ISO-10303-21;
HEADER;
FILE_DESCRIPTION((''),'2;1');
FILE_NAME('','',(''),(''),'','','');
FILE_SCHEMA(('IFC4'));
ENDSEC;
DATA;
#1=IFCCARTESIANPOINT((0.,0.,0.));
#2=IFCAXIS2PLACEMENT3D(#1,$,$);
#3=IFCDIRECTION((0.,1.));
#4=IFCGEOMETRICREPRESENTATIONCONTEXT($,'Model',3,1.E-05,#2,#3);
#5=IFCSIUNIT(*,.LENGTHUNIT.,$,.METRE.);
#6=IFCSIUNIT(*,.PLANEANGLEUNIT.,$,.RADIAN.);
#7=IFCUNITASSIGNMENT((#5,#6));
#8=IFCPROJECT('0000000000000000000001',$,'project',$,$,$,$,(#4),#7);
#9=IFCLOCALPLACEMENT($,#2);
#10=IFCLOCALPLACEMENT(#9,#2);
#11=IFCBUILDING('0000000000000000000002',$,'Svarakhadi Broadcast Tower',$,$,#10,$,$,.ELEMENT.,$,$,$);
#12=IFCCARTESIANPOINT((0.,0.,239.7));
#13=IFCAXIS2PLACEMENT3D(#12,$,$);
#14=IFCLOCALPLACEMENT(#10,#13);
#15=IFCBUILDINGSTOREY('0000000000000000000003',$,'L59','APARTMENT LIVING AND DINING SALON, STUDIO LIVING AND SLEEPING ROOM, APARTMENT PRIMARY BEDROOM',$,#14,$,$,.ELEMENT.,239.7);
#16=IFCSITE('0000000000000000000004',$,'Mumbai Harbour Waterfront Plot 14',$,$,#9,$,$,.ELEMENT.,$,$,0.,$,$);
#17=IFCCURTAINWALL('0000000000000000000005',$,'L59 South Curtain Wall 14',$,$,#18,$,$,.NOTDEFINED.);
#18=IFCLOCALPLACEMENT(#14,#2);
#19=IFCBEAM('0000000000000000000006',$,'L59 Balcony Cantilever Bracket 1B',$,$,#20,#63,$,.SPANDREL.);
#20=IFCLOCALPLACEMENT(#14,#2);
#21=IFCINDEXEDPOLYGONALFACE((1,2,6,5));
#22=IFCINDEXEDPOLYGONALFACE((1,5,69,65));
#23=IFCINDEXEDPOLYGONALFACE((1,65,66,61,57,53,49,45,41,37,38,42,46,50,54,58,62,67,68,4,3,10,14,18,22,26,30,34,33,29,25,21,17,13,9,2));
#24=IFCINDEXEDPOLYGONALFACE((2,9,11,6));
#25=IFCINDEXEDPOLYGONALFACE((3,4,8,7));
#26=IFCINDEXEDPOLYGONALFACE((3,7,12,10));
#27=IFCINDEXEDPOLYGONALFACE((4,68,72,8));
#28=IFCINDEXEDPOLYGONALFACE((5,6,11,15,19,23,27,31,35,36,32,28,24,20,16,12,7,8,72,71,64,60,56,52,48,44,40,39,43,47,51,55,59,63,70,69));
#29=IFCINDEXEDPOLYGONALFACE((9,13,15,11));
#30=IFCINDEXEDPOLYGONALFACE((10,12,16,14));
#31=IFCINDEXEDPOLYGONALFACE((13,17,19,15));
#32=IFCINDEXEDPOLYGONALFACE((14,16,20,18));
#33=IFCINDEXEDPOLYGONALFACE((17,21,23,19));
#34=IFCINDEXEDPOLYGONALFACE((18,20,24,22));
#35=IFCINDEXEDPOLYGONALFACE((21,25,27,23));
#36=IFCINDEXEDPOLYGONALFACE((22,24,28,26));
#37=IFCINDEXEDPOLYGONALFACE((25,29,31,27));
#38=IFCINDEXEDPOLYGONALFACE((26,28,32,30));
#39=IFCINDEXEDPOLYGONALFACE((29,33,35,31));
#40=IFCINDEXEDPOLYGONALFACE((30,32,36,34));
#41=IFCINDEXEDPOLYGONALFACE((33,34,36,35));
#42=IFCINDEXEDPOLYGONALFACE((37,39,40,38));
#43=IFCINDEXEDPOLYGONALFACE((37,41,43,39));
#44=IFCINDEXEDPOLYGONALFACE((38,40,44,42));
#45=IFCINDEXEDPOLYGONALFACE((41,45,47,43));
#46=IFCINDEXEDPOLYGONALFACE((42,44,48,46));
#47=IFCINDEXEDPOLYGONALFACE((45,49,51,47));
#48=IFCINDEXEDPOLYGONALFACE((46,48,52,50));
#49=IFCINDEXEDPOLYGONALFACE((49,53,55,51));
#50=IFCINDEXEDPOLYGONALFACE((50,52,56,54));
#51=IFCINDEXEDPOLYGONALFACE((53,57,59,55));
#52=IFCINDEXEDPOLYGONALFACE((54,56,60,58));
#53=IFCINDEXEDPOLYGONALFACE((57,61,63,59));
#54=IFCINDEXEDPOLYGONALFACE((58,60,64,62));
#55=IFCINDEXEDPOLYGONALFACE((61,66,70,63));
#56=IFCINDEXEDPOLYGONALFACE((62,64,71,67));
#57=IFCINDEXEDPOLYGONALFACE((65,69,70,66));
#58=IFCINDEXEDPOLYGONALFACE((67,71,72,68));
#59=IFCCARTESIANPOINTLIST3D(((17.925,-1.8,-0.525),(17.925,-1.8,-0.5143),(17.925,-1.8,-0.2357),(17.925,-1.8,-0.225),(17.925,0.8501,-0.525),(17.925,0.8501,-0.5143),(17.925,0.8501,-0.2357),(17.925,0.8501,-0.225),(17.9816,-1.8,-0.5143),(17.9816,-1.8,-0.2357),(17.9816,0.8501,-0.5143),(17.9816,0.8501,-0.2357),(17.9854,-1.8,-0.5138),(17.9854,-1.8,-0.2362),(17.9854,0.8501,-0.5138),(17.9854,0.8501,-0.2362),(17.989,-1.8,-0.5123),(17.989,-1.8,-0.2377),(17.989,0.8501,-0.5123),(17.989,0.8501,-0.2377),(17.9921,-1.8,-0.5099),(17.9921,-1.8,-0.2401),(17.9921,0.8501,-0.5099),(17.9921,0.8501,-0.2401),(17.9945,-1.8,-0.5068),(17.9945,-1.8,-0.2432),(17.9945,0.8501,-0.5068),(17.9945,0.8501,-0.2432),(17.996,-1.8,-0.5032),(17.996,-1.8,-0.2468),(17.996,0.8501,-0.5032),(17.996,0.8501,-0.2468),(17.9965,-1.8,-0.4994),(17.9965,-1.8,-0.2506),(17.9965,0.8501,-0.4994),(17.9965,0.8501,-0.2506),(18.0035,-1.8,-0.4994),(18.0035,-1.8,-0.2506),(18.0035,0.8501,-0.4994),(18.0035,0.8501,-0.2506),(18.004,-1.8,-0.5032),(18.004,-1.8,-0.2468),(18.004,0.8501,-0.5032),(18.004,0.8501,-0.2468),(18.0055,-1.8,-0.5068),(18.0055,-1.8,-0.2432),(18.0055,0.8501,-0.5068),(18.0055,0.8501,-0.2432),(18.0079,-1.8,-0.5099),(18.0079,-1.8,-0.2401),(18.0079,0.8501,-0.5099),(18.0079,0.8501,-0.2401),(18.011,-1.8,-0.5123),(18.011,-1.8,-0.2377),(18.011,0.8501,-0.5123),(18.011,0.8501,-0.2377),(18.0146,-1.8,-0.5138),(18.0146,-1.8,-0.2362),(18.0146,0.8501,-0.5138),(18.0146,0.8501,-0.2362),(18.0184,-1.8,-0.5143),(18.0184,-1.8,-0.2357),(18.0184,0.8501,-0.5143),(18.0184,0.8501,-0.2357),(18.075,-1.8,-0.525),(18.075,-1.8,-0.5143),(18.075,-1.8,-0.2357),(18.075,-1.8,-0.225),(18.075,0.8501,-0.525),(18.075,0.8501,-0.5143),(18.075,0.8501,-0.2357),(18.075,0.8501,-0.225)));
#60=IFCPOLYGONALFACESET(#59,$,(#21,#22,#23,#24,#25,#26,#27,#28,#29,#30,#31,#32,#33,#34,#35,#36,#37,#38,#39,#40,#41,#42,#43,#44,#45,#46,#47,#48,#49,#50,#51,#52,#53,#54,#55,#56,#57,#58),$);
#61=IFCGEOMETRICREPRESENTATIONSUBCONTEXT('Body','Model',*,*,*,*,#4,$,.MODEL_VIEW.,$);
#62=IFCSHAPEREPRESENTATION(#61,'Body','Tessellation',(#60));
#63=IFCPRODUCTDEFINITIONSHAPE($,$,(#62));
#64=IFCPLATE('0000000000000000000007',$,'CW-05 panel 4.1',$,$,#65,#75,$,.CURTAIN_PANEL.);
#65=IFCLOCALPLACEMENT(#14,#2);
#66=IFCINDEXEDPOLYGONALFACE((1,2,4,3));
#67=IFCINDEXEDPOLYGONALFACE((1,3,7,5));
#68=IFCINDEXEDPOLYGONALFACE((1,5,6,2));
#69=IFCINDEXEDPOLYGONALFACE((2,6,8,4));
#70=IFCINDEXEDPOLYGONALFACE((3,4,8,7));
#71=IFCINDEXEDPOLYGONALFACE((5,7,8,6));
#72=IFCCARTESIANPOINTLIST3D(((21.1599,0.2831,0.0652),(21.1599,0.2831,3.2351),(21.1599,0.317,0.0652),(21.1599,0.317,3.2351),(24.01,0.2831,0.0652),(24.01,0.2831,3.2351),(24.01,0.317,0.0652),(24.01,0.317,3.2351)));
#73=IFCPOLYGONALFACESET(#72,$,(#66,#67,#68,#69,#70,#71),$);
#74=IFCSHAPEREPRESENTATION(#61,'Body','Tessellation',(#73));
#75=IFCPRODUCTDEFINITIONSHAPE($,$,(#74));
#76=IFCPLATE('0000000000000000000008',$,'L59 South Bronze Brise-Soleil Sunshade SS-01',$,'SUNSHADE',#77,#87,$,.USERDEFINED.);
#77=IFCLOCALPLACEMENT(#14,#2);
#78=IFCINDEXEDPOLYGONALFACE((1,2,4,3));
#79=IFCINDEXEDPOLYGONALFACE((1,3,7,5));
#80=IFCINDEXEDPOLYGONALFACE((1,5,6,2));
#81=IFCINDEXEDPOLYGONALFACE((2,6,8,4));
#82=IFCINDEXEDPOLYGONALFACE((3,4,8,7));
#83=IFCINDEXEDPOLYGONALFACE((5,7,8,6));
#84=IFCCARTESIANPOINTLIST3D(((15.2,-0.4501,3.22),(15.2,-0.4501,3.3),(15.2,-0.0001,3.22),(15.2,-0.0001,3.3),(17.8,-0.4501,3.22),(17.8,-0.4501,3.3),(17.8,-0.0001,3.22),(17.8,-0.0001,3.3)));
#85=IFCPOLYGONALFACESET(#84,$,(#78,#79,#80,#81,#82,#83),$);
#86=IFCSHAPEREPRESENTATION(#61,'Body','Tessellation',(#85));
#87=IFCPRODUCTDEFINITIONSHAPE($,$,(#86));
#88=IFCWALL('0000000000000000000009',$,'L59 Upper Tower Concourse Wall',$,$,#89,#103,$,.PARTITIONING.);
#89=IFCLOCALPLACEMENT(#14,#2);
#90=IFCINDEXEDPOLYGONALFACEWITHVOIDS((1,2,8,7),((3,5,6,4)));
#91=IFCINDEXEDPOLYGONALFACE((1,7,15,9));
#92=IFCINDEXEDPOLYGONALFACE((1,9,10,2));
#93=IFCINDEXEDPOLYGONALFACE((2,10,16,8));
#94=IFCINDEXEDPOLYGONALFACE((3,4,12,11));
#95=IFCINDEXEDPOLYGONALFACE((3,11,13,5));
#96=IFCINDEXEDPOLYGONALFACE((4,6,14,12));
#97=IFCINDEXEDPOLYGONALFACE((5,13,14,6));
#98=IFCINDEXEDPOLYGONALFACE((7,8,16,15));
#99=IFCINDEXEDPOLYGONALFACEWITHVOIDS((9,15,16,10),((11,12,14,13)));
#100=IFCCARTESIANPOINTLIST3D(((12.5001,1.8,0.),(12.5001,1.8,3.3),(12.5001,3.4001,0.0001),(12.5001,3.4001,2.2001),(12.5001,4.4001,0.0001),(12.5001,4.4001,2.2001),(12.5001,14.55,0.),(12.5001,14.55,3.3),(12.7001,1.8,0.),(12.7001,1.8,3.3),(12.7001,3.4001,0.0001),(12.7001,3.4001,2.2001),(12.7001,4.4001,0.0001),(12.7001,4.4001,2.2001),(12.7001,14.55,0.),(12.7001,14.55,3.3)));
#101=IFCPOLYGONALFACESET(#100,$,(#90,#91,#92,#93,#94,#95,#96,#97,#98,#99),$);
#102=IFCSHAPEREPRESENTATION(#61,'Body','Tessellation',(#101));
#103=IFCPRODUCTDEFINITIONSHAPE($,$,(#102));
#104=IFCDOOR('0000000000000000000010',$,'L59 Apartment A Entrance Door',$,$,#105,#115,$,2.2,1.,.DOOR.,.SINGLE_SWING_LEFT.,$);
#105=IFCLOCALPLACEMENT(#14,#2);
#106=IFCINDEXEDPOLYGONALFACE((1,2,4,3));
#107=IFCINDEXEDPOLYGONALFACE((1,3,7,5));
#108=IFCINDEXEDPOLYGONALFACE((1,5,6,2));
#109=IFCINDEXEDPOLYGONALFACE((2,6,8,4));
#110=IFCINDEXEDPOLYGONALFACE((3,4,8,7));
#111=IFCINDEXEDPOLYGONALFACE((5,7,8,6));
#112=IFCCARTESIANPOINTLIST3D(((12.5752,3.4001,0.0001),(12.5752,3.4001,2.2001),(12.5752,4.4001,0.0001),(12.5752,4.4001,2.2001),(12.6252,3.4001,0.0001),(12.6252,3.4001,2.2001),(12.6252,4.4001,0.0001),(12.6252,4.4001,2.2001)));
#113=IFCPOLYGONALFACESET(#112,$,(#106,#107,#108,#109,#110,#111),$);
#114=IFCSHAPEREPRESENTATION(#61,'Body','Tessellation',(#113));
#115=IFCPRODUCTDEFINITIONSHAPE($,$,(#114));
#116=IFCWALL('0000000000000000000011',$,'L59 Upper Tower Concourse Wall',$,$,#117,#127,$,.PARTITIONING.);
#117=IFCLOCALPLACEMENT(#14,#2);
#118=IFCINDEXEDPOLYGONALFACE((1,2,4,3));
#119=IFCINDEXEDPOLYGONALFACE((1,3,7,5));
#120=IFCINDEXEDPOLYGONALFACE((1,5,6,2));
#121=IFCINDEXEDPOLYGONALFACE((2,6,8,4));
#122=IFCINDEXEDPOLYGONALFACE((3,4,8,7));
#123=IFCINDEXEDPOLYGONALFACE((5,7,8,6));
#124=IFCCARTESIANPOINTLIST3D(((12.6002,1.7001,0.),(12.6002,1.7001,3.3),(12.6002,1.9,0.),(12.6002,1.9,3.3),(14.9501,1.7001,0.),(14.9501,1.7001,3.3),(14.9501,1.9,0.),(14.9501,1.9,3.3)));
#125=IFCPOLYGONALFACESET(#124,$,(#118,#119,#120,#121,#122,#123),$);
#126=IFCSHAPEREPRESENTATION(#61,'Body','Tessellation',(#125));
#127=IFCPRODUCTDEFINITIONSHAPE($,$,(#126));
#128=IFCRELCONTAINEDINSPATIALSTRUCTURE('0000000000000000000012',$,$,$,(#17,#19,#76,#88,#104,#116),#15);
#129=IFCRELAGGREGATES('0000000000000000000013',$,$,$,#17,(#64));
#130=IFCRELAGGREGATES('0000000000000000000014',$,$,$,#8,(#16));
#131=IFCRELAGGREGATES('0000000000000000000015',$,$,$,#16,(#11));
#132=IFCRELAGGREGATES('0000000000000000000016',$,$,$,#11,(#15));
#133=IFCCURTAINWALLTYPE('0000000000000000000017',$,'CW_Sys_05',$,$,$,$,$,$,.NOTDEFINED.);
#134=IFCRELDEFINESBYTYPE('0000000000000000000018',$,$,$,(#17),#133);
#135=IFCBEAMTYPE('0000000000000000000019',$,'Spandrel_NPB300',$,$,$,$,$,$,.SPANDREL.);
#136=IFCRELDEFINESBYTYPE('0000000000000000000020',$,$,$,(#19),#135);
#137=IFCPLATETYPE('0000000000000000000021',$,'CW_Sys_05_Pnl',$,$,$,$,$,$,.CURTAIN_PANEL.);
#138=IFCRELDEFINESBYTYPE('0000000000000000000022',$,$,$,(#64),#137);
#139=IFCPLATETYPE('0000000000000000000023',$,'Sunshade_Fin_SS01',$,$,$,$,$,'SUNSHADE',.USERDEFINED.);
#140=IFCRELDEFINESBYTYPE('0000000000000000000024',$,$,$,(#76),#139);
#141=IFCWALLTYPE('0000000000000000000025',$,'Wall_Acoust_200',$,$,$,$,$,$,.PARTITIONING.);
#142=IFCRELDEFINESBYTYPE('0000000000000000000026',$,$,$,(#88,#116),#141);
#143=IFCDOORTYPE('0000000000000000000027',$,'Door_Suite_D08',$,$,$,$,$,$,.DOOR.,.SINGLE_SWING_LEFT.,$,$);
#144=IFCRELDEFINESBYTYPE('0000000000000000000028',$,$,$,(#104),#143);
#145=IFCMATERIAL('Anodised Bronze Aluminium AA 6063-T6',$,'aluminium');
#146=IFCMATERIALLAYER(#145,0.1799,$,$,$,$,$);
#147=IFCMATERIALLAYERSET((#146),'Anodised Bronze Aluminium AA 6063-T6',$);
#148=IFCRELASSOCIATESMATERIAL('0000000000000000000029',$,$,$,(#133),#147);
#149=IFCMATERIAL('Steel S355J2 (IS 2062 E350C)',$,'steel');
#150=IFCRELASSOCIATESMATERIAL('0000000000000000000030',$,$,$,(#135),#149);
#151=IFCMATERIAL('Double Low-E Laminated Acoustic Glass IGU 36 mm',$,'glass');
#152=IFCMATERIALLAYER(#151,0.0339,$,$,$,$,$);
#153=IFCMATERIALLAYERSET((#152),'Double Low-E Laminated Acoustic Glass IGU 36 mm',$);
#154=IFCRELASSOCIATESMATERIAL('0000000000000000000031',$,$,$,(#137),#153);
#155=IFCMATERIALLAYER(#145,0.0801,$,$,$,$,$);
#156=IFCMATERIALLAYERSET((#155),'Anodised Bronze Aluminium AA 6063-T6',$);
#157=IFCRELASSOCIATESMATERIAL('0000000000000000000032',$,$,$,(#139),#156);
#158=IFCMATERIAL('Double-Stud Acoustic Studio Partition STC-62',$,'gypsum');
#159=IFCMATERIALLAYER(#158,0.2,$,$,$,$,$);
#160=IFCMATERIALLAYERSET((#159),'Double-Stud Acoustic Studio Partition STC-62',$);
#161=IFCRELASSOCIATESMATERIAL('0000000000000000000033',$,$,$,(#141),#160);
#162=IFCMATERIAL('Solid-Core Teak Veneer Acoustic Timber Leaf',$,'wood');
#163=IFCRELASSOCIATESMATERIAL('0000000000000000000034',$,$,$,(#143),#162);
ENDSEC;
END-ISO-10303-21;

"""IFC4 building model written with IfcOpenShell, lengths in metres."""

from ifc_helpers import new_model, si_unit, direction, frame, frame_2d, origin, origin_2d, place, context, subcontext, project, spatial, rectangle, i_section, extrude, material, layer, layer_set, material_profile, profile_set, type_object, element, fill, aggregate, save


model = new_model("IFC4")

# Units and contexts
model_context = context("Model", 3, precision=1e-05, world=origin(), true_north=direction((0.0, 1.0)))
body_context = subcontext(model_context, "Body", "Model", "MODEL_VIEW")
ifc_project = project(units=[si_unit("LENGTHUNIT", "METRE"), si_unit("PLANEANGLEUNIT", "RADIAN")], contexts=[model_context])

# Site, building, storey
site_placement = place(None, origin())
site = spatial("IfcSite", under=ifc_project, at=site_placement, Name="Mumbai Harbour Waterfront Plot 14", CompositionType="ELEMENT", RefElevation=0.0)
building_placement = place(site_placement, origin())
building = spatial("IfcBuilding", under=site, at=building_placement, Name="Svarakhadi Broadcast Tower", CompositionType="ELEMENT")
storey_placement = place(building_placement, frame((0.0, 0.0, 239.7)))
storey = spatial("IfcBuildingStorey", under=building, at=storey_placement, Name="L59", Description="APARTMENT LIVING AND DINING SALON, STUDIO LIVING AND SLEEPING ROOM, APARTMENT PRIMARY BEDROOM", CompositionType="ELEMENT", Elevation=239.7)

# Shared definitions
ifc_material_1 = material(Name="Steel S355J2 (IS 2062 E350C)", Category="steel")

# Curtain wall
ifc_material_2 = material(Name="Anodised Bronze Aluminium AA 6063-T6", Category="aluminium")
ifc_layer_1 = layer(ifc_material_2, 0.1799)
ifc_layer_set_1 = layer_set([ifc_layer_1], Name="Anodised Bronze Aluminium AA 6063-T6")
curtain_wall_type = type_object("IfcCurtainWallType", Name="CW_Sys_05", PredefinedType="NOTDEFINED", material=ifc_layer_set_1)
curtain_wall_placement = place(storey_placement, origin())
curtain_wall = element("IfcCurtainWall", 1, at=curtain_wall_placement, inside=storey, type_object=curtain_wall_type, Name="L59 South Curtain Wall 14", PredefinedType="NOTDEFINED")

# Beam
ifc_material_profile_1 = material_profile(ifc_material_1, i_section(OverallWidth=0.1499, OverallDepth=0.3, WebThickness=0.0071, FlangeThickness=0.0107, FilletRadius=0.0149, at=origin_2d()), Name="NPB 300x150x37")
ifc_profile_set_1 = profile_set([ifc_material_profile_1], Name="Steel S355J2 (IS 2062 E350C)")
beam_type_1 = type_object("IfcBeamType", Name="Spandrel_NPB300", PredefinedType="SPANDREL", material=ifc_profile_set_1)
beam_1_placement = place(storey_placement, frame((18.0, 0.8501, -0.375), z_axis=(0.0, -1.0, 0.0), x_axis=(1.0, 0.0, 0.0)))
element("IfcBeam", 2, at=beam_1_placement, inside=storey, type_object=beam_type_1, Name="L59 Balcony Cantilever Bracket 1B", PredefinedType="SPANDREL", context=body_context, shape_type="SweptSolid", body=[
    extrude(i_section(OverallWidth=0.1499, OverallDepth=0.3, WebThickness=0.0071, FlangeThickness=0.0107, FilletRadius=0.0149, at=origin_2d()), origin(), (0.0, 0.0, 1.0), 2.6501),
])

# Plates
ifc_material_3 = material(Name="Double Low-E Laminated Acoustic Glass IGU 36 mm", Category="glass")
ifc_layer_2 = layer(ifc_material_3, 0.0339)
ifc_layer_set_2 = layer_set([ifc_layer_2], Name="Double Low-E Laminated Acoustic Glass IGU 36 mm")
plate_type_1 = type_object("IfcPlateType", Name="CW_Sys_05_Pnl", PredefinedType="CURTAIN_PANEL", material=ifc_layer_set_2)
plate_1_placement = place(storey_placement, frame((22.585, 0.3, 0.0652), z_axis=(0.0, 0.0, 1.0), x_axis=(-1.0, 0.0, 0.0)))
plate_1 = element("IfcPlate", 3, at=plate_1_placement, type_object=plate_type_1, Name="CW-05 panel 4.1", PredefinedType="CURTAIN_PANEL", context=body_context, shape_type="SweptSolid", body=[
    extrude(rectangle(XDim=2.8501, YDim=0.0339, at=origin_2d()), origin(), (0.0, 0.0, 1.0), 3.1699),
])
aggregate(curtain_wall, [plate_1])
ifc_layer_3 = layer(ifc_material_2, 0.0801)
ifc_layer_set_3 = layer_set([ifc_layer_3], Name="Anodised Bronze Aluminium AA 6063-T6")
plate_type_2 = type_object("IfcPlateType", Name="Sunshade_Fin_SS01", ElementType="SUNSHADE", PredefinedType="USERDEFINED", material=ifc_layer_set_3)
plate_2_placement = place(storey_placement, frame((16.5, -0.2251, 3.22), z_axis=(0.0, 0.0, 1.0), x_axis=(1.0, 0.0, 0.0)))
element("IfcPlate", 4, at=plate_2_placement, inside=storey, type_object=plate_type_2, Name="L59 South Bronze Brise-Soleil Sunshade SS-01", ObjectType="SUNSHADE", PredefinedType="USERDEFINED", context=body_context, shape_type="SweptSolid", body=[
    extrude(rectangle(XDim=2.6001, YDim=0.45, at=origin_2d()), origin(), (0.0, 0.0, 1.0), 0.0801),
])

# Wall, opening, door
ifc_material_4 = material(Name="Double-Stud Acoustic Studio Partition STC-62", Category="gypsum")
ifc_layer_4 = layer(ifc_material_4, 0.2)
ifc_layer_set_4 = layer_set([ifc_layer_4], Name="Double-Stud Acoustic Studio Partition STC-62")
wall_type_1 = type_object("IfcWallType", Name="Wall_Acoust_200", PredefinedType="PARTITIONING", material=ifc_layer_set_4)
wall_1_placement = place(storey_placement, frame((12.6001, 1.8, 0.0), z_axis=(0.0, 0.0, 1.0), x_axis=(0.0, 1.0, 0.0)))
wall_1 = element("IfcWall", 5, at=wall_1_placement, inside=storey, type_object=wall_type_1, Name="L59 Upper Tower Concourse Wall", PredefinedType="PARTITIONING", context=body_context, shape_type="SweptSolid", body=[
    extrude(rectangle(XDim=12.75, YDim=0.2, at=frame_2d((6.375, 0.0))), origin(), (0.0, 0.0, 1.0), 3.3),
])
opening_1_placement = place(wall_1_placement, frame((1.6001, 0.0, 0.0)))
opening_1 = element("IfcOpeningElement", 6, at=opening_1_placement, cuts=wall_1, PredefinedType="OPENING", context=body_context, shape_type="SweptSolid", body=[
    extrude(rectangle(XDim=1.0, YDim=2.2, at=frame_2d((0.5, 1.1001))), frame((0.0, 0.1099, 0.0), z_axis=(0.0, -1.0, 0.0), x_axis=(1.0, 0.0, 0.0)), (0.0, 0.0, 1.0), 0.22),
])
ifc_material_5 = material(Name="Solid-Core Teak Veneer Acoustic Timber Leaf", Category="wood")
door_type_1 = type_object("IfcDoorType", Name="Door_Suite_D08", OperationType="SINGLE_SWING_LEFT", PredefinedType="DOOR", material=ifc_material_5)
door_1_placement = place(opening_1_placement, origin())
door_1 = element("IfcDoor", 7, at=door_1_placement, inside=storey, type_object=door_type_1, Name="L59 Apartment A Entrance Door", OperationType="SINGLE_SWING_LEFT", OverallHeight=2.2, OverallWidth=1.0, PredefinedType="DOOR", context=body_context, shape_type="SweptSolid", body=[
    extrude(rectangle(XDim=1.0, YDim=2.2, at=frame_2d((0.5, 1.1001))), frame((0.0, 0.0249, 0.0), z_axis=(0.0, -1.0, 0.0), x_axis=(1.0, 0.0, 0.0)), (0.0, 0.0, 1.0), 0.05),
])
fill(opening_1, door_1)

# Wall
wall_2_placement = place(storey_placement, frame((14.95, 1.8, 0.0), z_axis=(0.0, 0.0, 1.0), x_axis=(-1.0, 0.0, 0.0)))
element("IfcWall", 8, at=wall_2_placement, inside=storey, type_object=wall_type_1, Name="L59 Upper Tower Concourse Wall", PredefinedType="PARTITIONING", context=body_context, shape_type="SweptSolid", body=[
    extrude(rectangle(XDim=2.3499, YDim=0.2, at=frame_2d((1.1748, 0.0))), origin(), (0.0, 0.0, 1.0), 3.3),
])

save(model, "model.ifc")
